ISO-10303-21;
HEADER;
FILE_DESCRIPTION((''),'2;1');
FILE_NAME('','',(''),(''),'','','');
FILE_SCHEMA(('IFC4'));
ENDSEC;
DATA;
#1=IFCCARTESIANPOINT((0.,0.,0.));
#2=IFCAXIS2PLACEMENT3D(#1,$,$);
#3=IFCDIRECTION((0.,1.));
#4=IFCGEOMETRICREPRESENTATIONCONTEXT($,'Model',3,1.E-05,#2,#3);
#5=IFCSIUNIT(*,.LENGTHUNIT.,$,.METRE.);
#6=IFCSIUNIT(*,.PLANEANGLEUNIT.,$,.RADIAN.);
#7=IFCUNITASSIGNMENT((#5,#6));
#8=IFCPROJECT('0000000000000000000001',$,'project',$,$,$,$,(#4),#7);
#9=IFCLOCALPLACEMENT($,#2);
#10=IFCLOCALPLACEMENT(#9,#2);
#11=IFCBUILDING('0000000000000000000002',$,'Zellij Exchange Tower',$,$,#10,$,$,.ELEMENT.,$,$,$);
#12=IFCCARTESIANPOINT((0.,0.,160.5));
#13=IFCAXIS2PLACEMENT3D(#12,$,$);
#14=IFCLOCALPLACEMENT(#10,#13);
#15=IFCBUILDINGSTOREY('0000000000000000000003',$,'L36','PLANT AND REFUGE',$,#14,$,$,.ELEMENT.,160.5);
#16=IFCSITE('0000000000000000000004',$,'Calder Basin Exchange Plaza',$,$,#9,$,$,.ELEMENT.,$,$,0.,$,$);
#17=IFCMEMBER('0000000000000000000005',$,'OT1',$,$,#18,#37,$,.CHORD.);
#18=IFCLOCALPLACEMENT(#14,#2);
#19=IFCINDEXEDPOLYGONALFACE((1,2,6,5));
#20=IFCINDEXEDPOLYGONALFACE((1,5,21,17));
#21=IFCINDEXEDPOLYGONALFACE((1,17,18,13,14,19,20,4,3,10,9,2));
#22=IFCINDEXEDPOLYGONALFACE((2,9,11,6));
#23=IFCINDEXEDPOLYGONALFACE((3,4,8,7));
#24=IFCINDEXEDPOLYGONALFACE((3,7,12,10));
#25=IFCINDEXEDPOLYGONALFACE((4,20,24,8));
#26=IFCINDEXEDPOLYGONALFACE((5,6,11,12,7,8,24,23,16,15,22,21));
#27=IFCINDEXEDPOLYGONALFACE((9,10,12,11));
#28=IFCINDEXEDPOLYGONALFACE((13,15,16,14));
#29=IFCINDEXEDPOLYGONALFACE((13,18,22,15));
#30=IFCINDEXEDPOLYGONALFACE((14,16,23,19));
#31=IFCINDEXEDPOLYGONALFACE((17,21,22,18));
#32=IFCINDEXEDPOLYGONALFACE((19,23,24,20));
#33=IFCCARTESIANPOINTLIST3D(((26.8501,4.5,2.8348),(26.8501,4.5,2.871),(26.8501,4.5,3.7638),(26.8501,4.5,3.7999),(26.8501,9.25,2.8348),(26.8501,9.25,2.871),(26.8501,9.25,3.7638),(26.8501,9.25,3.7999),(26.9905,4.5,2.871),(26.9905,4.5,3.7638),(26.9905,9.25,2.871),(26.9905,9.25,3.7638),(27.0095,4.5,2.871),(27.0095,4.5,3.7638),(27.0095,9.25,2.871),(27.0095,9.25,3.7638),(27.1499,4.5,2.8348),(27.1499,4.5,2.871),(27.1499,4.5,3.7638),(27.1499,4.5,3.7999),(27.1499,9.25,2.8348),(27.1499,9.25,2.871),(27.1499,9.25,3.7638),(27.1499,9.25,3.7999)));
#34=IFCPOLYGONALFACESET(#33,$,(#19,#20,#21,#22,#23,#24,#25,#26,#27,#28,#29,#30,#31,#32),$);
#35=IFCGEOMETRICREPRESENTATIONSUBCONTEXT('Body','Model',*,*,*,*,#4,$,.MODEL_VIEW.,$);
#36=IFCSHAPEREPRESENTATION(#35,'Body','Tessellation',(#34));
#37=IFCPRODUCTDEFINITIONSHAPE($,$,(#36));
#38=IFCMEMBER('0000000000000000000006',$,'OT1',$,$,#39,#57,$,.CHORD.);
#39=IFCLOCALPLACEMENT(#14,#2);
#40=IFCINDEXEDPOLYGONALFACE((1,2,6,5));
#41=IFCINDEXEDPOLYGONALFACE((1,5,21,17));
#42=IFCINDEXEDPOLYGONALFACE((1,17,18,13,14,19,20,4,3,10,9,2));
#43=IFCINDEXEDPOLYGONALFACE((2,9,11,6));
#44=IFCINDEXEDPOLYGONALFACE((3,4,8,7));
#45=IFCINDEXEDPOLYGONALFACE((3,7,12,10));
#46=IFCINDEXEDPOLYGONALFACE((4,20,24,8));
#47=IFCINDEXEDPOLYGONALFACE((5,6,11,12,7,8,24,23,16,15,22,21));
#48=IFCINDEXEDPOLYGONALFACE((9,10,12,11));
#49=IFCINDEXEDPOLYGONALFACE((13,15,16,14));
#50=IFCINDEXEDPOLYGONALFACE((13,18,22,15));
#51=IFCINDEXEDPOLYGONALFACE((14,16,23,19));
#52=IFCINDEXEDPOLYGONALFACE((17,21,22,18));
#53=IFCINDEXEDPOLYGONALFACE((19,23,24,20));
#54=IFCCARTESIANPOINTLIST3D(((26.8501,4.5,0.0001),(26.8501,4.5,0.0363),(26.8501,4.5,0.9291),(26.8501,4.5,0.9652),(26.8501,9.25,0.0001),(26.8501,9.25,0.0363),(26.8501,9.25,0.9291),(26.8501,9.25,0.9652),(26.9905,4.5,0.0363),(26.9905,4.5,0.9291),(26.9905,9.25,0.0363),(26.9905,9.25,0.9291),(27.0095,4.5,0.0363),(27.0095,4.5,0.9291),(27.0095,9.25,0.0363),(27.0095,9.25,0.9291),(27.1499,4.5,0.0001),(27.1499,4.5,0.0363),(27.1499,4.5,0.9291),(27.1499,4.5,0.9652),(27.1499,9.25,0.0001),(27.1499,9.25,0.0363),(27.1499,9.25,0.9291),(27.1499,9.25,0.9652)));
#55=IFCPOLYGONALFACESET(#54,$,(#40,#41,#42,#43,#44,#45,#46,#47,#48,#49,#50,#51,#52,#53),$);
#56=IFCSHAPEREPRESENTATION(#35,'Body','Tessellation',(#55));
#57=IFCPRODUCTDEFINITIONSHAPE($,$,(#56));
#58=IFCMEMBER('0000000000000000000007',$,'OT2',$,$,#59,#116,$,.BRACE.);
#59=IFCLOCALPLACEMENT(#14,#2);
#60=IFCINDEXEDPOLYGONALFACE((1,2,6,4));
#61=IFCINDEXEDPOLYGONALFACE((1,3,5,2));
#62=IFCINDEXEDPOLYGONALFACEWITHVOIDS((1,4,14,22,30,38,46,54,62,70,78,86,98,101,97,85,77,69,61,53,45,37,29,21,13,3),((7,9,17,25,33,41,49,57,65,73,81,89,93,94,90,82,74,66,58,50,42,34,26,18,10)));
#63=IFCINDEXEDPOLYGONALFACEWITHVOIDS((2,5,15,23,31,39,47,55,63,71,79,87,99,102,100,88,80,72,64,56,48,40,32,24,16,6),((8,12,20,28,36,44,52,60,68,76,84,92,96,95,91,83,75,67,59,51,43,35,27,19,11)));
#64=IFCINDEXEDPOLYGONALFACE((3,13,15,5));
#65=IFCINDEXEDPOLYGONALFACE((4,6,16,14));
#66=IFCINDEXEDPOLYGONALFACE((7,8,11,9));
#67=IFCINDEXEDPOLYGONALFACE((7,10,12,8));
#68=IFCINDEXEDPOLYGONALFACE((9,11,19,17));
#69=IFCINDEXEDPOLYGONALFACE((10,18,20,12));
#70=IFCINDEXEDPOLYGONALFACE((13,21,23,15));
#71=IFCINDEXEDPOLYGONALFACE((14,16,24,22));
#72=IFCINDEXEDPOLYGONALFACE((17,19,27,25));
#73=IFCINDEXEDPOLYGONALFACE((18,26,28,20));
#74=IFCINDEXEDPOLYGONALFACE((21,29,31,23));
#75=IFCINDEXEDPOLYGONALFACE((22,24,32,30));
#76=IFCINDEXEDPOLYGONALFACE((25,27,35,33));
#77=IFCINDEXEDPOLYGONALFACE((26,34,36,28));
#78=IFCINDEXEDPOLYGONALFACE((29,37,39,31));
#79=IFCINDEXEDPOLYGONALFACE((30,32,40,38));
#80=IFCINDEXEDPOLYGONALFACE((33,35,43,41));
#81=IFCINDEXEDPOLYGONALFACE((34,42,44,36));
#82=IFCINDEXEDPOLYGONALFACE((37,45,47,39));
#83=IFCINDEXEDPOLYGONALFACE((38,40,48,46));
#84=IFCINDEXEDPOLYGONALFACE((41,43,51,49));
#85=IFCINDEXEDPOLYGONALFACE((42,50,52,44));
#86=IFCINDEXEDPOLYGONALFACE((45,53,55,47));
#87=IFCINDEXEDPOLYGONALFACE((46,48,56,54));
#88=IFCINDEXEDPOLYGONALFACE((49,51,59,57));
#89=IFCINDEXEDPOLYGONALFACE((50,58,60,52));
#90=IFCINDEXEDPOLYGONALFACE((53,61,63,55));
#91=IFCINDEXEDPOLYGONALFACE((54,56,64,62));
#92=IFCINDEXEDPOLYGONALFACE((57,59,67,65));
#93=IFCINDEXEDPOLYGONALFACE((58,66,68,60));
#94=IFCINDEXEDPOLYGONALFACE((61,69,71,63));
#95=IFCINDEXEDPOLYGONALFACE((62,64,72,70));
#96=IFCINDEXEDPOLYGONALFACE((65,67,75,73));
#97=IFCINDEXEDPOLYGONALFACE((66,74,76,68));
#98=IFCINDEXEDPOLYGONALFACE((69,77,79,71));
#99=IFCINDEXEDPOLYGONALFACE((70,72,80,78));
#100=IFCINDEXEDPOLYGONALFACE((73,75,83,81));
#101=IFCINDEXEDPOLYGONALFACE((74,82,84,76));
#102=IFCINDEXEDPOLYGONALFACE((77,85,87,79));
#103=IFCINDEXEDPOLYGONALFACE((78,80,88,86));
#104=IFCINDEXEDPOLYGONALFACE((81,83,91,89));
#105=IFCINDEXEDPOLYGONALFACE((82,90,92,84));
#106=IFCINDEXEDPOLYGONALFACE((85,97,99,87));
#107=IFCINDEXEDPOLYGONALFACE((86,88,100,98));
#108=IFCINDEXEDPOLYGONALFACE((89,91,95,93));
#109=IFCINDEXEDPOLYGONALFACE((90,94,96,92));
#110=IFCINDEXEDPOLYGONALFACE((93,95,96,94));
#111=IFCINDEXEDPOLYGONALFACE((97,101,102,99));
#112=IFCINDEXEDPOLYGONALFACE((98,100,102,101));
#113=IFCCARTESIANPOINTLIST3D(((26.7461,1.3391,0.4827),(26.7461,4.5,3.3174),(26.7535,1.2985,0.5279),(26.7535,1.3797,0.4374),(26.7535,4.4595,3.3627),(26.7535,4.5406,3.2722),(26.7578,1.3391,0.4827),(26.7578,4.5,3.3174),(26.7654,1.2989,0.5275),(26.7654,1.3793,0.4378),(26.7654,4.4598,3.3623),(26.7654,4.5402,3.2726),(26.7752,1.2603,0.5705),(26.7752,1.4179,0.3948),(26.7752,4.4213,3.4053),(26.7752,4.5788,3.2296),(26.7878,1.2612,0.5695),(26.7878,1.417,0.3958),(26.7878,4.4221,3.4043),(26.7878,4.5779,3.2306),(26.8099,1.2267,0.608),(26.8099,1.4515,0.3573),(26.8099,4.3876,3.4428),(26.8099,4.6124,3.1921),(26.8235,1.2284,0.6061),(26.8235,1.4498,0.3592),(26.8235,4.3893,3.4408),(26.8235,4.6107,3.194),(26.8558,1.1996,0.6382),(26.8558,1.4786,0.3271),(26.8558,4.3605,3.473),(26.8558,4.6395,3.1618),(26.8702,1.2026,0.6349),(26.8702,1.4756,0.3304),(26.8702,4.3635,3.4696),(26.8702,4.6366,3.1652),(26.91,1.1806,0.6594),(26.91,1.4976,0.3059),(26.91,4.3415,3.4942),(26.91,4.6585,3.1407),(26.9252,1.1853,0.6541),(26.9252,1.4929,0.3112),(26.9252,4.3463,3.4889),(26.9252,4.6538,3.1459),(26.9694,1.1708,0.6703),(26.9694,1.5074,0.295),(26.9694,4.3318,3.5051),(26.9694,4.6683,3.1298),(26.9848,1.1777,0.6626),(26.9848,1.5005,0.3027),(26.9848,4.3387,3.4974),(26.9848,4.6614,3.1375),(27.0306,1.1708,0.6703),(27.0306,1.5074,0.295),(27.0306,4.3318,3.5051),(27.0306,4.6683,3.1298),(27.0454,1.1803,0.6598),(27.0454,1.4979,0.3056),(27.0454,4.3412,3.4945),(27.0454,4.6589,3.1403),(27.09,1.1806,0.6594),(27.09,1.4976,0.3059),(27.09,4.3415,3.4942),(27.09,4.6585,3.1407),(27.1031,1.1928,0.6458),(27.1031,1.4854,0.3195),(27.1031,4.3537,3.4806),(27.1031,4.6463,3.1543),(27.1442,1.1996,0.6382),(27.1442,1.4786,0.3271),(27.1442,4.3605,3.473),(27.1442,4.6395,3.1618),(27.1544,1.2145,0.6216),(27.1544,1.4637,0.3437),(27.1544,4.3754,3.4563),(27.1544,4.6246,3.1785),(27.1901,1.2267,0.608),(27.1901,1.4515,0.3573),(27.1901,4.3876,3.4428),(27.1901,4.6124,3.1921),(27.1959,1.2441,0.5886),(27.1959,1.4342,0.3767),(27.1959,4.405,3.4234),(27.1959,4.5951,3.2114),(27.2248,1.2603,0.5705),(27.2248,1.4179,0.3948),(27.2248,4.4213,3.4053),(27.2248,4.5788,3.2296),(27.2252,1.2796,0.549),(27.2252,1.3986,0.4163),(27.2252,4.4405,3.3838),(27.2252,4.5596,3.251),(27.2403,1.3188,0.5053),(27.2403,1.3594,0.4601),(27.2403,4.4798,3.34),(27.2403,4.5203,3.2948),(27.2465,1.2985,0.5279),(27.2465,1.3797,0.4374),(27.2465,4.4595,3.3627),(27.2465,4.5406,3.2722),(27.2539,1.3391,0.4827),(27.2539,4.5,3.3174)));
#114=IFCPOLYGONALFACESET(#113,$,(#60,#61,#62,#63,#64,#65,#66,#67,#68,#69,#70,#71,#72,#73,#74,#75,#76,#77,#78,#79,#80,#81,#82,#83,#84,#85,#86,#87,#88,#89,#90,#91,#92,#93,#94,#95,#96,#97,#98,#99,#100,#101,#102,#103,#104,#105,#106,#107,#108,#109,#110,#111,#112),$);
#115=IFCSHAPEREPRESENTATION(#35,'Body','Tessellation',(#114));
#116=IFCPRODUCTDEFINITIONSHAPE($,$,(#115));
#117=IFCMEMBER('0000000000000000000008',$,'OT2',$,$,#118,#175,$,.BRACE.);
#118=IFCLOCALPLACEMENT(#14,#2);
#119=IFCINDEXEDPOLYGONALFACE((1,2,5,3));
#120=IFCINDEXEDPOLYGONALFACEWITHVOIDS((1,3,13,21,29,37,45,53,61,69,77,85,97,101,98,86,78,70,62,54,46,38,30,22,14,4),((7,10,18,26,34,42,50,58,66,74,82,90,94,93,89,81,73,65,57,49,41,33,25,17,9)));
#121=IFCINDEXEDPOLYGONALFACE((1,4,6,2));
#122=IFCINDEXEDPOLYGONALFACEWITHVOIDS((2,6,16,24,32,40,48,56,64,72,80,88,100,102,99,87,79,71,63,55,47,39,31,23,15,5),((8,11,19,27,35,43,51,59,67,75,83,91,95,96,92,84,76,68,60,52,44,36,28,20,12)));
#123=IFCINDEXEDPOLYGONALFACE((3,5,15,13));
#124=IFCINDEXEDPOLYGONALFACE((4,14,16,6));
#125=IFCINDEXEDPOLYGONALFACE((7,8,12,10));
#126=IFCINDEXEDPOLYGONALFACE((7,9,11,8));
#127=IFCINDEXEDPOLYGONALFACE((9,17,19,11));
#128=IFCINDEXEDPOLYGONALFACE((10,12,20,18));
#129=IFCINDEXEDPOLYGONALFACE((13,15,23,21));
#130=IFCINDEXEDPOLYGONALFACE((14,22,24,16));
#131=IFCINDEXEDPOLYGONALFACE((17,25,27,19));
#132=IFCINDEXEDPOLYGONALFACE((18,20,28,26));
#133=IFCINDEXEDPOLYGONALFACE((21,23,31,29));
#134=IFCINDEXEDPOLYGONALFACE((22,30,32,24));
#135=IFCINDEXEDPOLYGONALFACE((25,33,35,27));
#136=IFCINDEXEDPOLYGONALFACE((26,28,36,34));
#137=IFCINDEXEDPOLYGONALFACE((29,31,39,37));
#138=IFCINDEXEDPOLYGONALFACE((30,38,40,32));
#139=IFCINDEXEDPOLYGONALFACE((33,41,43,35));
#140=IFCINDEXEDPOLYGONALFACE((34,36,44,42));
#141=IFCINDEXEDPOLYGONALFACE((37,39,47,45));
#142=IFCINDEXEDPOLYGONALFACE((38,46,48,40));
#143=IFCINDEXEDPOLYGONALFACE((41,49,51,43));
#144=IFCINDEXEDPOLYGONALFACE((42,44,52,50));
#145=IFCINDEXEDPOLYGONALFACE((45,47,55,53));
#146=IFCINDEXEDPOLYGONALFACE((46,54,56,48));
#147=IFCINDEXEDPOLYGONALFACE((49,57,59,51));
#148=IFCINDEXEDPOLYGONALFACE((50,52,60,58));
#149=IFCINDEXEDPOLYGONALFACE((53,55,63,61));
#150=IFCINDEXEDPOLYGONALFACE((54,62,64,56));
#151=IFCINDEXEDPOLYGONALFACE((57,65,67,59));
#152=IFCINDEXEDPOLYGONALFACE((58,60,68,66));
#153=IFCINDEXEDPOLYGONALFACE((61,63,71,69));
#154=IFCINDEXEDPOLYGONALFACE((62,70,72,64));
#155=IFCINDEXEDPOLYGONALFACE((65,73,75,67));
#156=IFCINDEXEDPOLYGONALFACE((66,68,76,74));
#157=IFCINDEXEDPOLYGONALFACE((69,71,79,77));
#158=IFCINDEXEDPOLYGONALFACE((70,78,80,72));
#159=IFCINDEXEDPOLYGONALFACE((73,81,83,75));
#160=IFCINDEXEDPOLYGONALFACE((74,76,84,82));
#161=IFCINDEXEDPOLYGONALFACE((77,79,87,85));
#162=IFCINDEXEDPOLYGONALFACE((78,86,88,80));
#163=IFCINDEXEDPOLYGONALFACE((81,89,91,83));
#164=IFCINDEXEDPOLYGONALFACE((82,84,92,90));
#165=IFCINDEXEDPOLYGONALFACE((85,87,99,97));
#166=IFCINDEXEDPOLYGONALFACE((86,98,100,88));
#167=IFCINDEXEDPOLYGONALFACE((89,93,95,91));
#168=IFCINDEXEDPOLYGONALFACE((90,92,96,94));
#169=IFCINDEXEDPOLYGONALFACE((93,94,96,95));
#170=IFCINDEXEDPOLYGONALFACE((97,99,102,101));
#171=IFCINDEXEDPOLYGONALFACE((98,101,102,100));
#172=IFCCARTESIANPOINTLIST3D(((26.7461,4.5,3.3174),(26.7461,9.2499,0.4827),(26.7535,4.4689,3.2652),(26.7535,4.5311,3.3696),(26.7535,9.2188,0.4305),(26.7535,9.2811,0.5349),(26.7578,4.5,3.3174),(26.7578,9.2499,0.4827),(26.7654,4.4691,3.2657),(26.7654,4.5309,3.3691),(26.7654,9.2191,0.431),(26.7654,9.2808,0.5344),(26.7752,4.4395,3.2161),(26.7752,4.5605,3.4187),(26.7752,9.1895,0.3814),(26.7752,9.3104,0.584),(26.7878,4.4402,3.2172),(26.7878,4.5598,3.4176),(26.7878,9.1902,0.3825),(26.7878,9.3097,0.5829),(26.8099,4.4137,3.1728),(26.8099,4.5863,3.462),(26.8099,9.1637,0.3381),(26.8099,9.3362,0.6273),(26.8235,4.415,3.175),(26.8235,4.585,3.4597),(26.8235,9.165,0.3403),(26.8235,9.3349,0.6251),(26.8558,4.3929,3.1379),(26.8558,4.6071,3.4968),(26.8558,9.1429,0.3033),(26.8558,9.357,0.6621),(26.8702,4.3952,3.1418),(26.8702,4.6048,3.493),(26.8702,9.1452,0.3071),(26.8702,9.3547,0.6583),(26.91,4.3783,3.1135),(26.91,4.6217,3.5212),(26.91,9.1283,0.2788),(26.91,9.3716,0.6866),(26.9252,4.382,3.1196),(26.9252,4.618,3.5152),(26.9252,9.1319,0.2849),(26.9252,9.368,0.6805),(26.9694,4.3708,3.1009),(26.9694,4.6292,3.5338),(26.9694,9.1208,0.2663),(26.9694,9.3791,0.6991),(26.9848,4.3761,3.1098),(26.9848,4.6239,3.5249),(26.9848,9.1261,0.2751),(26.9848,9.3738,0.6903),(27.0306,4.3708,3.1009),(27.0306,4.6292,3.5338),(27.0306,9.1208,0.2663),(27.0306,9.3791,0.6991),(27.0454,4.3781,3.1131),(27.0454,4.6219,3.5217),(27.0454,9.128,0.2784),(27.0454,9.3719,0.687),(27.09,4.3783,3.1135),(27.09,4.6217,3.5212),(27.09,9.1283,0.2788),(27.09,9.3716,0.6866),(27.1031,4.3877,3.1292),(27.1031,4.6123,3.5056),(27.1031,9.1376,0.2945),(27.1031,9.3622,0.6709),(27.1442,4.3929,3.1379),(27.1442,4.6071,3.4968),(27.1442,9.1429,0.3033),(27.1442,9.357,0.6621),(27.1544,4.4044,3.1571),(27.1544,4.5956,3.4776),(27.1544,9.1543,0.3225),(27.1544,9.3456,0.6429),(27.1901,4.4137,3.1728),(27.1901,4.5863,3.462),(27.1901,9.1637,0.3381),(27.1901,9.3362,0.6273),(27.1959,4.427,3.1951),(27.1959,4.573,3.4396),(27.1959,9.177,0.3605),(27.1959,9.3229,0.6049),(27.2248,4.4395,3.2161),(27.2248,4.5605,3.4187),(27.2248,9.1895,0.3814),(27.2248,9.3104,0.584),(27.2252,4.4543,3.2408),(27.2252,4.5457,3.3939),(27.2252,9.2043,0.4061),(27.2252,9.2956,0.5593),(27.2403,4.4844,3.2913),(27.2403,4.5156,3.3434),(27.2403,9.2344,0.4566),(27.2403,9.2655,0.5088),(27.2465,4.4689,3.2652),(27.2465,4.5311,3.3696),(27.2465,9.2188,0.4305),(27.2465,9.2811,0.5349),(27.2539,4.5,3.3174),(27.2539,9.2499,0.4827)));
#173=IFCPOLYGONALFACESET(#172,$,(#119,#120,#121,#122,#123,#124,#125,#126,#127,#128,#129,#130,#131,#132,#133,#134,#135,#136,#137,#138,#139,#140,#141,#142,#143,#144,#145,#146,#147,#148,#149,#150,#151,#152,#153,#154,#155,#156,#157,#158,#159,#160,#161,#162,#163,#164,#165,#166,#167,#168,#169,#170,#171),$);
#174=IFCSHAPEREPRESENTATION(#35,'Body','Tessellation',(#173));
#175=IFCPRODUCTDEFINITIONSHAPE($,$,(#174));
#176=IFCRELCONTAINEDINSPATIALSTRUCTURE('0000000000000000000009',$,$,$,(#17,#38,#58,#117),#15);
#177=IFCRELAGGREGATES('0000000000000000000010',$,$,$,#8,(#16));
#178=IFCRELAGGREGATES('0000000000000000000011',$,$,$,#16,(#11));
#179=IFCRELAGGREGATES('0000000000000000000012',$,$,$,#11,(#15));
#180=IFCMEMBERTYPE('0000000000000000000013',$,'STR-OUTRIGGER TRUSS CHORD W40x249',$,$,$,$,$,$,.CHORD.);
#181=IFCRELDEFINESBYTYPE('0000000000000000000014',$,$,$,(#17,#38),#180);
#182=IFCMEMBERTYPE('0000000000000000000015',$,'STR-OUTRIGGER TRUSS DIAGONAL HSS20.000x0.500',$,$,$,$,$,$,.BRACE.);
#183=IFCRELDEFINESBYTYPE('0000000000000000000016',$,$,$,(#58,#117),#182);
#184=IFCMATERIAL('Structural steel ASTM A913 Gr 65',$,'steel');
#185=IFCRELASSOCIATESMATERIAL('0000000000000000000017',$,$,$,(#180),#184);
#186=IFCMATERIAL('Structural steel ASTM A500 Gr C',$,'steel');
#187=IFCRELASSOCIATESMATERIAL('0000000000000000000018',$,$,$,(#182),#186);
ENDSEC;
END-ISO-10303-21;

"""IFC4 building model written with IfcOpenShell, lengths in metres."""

from ifc_helpers import new_model, si_unit, direction, frame, origin, origin_2d, place, context, subcontext, project, spatial, hollow_circle, i_section, extrude, material, material_profile, profile_set, type_object, element, save


model = new_model("IFC4")

# Units and contexts
model_context = context("Model", 3, precision=1e-05, world=origin(), true_north=direction((0.0, 1.0)))
body_context = subcontext(model_context, "Body", "Model", "MODEL_VIEW")
ifc_project = project(units=[si_unit("LENGTHUNIT", "METRE"), si_unit("PLANEANGLEUNIT", "RADIAN")], contexts=[model_context])

# Site, building, storey
site_placement = place(None, origin())
site = spatial("IfcSite", under=ifc_project, at=site_placement, Name="Calder Basin Exchange Plaza", CompositionType="ELEMENT", RefElevation=0.0)
building_placement = place(site_placement, origin())
building = spatial("IfcBuilding", under=site, at=building_placement, Name="Zellij Exchange Tower", CompositionType="ELEMENT")
storey_placement = place(building_placement, frame((0.0, 0.0, 160.5)))
storey = spatial("IfcBuildingStorey", under=building, at=storey_placement, Name="L36", Description="PLANT AND REFUGE", CompositionType="ELEMENT", Elevation=160.5)

# Shared definitions
ifc_material_1 = material(Name="Structural steel ASTM A913 Gr 65", Category="steel")

# Members
ifc_material_profile_1 = material_profile(ifc_material_1, i_section(OverallWidth=0.2998, OverallDepth=0.9651, WebThickness=0.019, FlangeThickness=0.0361, at=origin_2d()), Name="W40x249")
ifc_profile_set_1 = profile_set([ifc_material_profile_1], Name="Structural steel ASTM A913 Gr 65")
member_type_1 = type_object("IfcMemberType", Name="STR-OUTRIGGER TRUSS CHORD W40x249", PredefinedType="CHORD", material=ifc_profile_set_1)
for number, where, z_axis, x_axis, name in (
    (1, (27.0, 4.5, 3.3174), (0.0, 1.0, 0.0), (-1.0, 0.0, 0.0), "OT1"),
    (2, (27.0, 4.5, 0.4827), (0.0, 1.0, 0.0), (-1.0, 0.0, 0.0), "OT1"),
):
    element("IfcMember", number, at=place(storey_placement, frame(where, z_axis=z_axis, x_axis=x_axis)), inside=storey, type_object=member_type_1, Name=name, PredefinedType="CHORD", context=body_context, shape_type="SweptSolid", body=[
        extrude(i_section(OverallWidth=0.2998, OverallDepth=0.9651, WebThickness=0.019, FlangeThickness=0.0361, at=origin_2d()), origin(), (0.0, 0.0, 1.0), 4.75),
    ])
ifc_material_2 = material(Name="Structural steel ASTM A500 Gr C", Category="steel")
ifc_material_profile_2 = material_profile(ifc_material_2, hollow_circle(Radius=0.2539, WallThickness=0.0117, at=origin_2d()), Name="STR-OUTRIGGER TRUSS DIAGONAL HSS20.000x0.500")
ifc_profile_set_2 = profile_set([ifc_material_profile_2], Name="Structural steel ASTM A500 Gr C")
member_type_2 = type_object("IfcMemberType", Name="STR-OUTRIGGER TRUSS DIAGONAL HSS20.000x0.500", PredefinedType="BRACE", material=ifc_profile_set_2)
member_1_placement = place(storey_placement, frame((27.0, 1.3391, 0.4827), z_axis=(0.0, 0.744474, 0.667652), x_axis=(-1.0, 0.0, 0.0)))
element("IfcMember", 3, at=member_1_placement, inside=storey, type_object=member_type_2, Name="OT2", PredefinedType="BRACE", context=body_context, shape_type="SweptSolid", body=[
    extrude(hollow_circle(Radius=0.2539, WallThickness=0.0117, at=origin_2d()), origin(), (0.0, 0.0, 1.0), 4.2458),
])
member_2_placement = place(storey_placement, frame((27.0, 4.5, 3.3174), z_axis=(0.0, 0.858709, -0.512463), x_axis=(-1.0, 0.0, 0.0)))
element("IfcMember", 4, at=member_2_placement, inside=storey, type_object=member_type_2, Name="OT2", PredefinedType="BRACE", context=body_context, shape_type="SweptSolid", body=[
    extrude(hollow_circle(Radius=0.2539, WallThickness=0.0117, at=origin_2d()), origin(), (0.0, 0.0, 1.0), 5.5315),
])

save(model, "model.ifc")
